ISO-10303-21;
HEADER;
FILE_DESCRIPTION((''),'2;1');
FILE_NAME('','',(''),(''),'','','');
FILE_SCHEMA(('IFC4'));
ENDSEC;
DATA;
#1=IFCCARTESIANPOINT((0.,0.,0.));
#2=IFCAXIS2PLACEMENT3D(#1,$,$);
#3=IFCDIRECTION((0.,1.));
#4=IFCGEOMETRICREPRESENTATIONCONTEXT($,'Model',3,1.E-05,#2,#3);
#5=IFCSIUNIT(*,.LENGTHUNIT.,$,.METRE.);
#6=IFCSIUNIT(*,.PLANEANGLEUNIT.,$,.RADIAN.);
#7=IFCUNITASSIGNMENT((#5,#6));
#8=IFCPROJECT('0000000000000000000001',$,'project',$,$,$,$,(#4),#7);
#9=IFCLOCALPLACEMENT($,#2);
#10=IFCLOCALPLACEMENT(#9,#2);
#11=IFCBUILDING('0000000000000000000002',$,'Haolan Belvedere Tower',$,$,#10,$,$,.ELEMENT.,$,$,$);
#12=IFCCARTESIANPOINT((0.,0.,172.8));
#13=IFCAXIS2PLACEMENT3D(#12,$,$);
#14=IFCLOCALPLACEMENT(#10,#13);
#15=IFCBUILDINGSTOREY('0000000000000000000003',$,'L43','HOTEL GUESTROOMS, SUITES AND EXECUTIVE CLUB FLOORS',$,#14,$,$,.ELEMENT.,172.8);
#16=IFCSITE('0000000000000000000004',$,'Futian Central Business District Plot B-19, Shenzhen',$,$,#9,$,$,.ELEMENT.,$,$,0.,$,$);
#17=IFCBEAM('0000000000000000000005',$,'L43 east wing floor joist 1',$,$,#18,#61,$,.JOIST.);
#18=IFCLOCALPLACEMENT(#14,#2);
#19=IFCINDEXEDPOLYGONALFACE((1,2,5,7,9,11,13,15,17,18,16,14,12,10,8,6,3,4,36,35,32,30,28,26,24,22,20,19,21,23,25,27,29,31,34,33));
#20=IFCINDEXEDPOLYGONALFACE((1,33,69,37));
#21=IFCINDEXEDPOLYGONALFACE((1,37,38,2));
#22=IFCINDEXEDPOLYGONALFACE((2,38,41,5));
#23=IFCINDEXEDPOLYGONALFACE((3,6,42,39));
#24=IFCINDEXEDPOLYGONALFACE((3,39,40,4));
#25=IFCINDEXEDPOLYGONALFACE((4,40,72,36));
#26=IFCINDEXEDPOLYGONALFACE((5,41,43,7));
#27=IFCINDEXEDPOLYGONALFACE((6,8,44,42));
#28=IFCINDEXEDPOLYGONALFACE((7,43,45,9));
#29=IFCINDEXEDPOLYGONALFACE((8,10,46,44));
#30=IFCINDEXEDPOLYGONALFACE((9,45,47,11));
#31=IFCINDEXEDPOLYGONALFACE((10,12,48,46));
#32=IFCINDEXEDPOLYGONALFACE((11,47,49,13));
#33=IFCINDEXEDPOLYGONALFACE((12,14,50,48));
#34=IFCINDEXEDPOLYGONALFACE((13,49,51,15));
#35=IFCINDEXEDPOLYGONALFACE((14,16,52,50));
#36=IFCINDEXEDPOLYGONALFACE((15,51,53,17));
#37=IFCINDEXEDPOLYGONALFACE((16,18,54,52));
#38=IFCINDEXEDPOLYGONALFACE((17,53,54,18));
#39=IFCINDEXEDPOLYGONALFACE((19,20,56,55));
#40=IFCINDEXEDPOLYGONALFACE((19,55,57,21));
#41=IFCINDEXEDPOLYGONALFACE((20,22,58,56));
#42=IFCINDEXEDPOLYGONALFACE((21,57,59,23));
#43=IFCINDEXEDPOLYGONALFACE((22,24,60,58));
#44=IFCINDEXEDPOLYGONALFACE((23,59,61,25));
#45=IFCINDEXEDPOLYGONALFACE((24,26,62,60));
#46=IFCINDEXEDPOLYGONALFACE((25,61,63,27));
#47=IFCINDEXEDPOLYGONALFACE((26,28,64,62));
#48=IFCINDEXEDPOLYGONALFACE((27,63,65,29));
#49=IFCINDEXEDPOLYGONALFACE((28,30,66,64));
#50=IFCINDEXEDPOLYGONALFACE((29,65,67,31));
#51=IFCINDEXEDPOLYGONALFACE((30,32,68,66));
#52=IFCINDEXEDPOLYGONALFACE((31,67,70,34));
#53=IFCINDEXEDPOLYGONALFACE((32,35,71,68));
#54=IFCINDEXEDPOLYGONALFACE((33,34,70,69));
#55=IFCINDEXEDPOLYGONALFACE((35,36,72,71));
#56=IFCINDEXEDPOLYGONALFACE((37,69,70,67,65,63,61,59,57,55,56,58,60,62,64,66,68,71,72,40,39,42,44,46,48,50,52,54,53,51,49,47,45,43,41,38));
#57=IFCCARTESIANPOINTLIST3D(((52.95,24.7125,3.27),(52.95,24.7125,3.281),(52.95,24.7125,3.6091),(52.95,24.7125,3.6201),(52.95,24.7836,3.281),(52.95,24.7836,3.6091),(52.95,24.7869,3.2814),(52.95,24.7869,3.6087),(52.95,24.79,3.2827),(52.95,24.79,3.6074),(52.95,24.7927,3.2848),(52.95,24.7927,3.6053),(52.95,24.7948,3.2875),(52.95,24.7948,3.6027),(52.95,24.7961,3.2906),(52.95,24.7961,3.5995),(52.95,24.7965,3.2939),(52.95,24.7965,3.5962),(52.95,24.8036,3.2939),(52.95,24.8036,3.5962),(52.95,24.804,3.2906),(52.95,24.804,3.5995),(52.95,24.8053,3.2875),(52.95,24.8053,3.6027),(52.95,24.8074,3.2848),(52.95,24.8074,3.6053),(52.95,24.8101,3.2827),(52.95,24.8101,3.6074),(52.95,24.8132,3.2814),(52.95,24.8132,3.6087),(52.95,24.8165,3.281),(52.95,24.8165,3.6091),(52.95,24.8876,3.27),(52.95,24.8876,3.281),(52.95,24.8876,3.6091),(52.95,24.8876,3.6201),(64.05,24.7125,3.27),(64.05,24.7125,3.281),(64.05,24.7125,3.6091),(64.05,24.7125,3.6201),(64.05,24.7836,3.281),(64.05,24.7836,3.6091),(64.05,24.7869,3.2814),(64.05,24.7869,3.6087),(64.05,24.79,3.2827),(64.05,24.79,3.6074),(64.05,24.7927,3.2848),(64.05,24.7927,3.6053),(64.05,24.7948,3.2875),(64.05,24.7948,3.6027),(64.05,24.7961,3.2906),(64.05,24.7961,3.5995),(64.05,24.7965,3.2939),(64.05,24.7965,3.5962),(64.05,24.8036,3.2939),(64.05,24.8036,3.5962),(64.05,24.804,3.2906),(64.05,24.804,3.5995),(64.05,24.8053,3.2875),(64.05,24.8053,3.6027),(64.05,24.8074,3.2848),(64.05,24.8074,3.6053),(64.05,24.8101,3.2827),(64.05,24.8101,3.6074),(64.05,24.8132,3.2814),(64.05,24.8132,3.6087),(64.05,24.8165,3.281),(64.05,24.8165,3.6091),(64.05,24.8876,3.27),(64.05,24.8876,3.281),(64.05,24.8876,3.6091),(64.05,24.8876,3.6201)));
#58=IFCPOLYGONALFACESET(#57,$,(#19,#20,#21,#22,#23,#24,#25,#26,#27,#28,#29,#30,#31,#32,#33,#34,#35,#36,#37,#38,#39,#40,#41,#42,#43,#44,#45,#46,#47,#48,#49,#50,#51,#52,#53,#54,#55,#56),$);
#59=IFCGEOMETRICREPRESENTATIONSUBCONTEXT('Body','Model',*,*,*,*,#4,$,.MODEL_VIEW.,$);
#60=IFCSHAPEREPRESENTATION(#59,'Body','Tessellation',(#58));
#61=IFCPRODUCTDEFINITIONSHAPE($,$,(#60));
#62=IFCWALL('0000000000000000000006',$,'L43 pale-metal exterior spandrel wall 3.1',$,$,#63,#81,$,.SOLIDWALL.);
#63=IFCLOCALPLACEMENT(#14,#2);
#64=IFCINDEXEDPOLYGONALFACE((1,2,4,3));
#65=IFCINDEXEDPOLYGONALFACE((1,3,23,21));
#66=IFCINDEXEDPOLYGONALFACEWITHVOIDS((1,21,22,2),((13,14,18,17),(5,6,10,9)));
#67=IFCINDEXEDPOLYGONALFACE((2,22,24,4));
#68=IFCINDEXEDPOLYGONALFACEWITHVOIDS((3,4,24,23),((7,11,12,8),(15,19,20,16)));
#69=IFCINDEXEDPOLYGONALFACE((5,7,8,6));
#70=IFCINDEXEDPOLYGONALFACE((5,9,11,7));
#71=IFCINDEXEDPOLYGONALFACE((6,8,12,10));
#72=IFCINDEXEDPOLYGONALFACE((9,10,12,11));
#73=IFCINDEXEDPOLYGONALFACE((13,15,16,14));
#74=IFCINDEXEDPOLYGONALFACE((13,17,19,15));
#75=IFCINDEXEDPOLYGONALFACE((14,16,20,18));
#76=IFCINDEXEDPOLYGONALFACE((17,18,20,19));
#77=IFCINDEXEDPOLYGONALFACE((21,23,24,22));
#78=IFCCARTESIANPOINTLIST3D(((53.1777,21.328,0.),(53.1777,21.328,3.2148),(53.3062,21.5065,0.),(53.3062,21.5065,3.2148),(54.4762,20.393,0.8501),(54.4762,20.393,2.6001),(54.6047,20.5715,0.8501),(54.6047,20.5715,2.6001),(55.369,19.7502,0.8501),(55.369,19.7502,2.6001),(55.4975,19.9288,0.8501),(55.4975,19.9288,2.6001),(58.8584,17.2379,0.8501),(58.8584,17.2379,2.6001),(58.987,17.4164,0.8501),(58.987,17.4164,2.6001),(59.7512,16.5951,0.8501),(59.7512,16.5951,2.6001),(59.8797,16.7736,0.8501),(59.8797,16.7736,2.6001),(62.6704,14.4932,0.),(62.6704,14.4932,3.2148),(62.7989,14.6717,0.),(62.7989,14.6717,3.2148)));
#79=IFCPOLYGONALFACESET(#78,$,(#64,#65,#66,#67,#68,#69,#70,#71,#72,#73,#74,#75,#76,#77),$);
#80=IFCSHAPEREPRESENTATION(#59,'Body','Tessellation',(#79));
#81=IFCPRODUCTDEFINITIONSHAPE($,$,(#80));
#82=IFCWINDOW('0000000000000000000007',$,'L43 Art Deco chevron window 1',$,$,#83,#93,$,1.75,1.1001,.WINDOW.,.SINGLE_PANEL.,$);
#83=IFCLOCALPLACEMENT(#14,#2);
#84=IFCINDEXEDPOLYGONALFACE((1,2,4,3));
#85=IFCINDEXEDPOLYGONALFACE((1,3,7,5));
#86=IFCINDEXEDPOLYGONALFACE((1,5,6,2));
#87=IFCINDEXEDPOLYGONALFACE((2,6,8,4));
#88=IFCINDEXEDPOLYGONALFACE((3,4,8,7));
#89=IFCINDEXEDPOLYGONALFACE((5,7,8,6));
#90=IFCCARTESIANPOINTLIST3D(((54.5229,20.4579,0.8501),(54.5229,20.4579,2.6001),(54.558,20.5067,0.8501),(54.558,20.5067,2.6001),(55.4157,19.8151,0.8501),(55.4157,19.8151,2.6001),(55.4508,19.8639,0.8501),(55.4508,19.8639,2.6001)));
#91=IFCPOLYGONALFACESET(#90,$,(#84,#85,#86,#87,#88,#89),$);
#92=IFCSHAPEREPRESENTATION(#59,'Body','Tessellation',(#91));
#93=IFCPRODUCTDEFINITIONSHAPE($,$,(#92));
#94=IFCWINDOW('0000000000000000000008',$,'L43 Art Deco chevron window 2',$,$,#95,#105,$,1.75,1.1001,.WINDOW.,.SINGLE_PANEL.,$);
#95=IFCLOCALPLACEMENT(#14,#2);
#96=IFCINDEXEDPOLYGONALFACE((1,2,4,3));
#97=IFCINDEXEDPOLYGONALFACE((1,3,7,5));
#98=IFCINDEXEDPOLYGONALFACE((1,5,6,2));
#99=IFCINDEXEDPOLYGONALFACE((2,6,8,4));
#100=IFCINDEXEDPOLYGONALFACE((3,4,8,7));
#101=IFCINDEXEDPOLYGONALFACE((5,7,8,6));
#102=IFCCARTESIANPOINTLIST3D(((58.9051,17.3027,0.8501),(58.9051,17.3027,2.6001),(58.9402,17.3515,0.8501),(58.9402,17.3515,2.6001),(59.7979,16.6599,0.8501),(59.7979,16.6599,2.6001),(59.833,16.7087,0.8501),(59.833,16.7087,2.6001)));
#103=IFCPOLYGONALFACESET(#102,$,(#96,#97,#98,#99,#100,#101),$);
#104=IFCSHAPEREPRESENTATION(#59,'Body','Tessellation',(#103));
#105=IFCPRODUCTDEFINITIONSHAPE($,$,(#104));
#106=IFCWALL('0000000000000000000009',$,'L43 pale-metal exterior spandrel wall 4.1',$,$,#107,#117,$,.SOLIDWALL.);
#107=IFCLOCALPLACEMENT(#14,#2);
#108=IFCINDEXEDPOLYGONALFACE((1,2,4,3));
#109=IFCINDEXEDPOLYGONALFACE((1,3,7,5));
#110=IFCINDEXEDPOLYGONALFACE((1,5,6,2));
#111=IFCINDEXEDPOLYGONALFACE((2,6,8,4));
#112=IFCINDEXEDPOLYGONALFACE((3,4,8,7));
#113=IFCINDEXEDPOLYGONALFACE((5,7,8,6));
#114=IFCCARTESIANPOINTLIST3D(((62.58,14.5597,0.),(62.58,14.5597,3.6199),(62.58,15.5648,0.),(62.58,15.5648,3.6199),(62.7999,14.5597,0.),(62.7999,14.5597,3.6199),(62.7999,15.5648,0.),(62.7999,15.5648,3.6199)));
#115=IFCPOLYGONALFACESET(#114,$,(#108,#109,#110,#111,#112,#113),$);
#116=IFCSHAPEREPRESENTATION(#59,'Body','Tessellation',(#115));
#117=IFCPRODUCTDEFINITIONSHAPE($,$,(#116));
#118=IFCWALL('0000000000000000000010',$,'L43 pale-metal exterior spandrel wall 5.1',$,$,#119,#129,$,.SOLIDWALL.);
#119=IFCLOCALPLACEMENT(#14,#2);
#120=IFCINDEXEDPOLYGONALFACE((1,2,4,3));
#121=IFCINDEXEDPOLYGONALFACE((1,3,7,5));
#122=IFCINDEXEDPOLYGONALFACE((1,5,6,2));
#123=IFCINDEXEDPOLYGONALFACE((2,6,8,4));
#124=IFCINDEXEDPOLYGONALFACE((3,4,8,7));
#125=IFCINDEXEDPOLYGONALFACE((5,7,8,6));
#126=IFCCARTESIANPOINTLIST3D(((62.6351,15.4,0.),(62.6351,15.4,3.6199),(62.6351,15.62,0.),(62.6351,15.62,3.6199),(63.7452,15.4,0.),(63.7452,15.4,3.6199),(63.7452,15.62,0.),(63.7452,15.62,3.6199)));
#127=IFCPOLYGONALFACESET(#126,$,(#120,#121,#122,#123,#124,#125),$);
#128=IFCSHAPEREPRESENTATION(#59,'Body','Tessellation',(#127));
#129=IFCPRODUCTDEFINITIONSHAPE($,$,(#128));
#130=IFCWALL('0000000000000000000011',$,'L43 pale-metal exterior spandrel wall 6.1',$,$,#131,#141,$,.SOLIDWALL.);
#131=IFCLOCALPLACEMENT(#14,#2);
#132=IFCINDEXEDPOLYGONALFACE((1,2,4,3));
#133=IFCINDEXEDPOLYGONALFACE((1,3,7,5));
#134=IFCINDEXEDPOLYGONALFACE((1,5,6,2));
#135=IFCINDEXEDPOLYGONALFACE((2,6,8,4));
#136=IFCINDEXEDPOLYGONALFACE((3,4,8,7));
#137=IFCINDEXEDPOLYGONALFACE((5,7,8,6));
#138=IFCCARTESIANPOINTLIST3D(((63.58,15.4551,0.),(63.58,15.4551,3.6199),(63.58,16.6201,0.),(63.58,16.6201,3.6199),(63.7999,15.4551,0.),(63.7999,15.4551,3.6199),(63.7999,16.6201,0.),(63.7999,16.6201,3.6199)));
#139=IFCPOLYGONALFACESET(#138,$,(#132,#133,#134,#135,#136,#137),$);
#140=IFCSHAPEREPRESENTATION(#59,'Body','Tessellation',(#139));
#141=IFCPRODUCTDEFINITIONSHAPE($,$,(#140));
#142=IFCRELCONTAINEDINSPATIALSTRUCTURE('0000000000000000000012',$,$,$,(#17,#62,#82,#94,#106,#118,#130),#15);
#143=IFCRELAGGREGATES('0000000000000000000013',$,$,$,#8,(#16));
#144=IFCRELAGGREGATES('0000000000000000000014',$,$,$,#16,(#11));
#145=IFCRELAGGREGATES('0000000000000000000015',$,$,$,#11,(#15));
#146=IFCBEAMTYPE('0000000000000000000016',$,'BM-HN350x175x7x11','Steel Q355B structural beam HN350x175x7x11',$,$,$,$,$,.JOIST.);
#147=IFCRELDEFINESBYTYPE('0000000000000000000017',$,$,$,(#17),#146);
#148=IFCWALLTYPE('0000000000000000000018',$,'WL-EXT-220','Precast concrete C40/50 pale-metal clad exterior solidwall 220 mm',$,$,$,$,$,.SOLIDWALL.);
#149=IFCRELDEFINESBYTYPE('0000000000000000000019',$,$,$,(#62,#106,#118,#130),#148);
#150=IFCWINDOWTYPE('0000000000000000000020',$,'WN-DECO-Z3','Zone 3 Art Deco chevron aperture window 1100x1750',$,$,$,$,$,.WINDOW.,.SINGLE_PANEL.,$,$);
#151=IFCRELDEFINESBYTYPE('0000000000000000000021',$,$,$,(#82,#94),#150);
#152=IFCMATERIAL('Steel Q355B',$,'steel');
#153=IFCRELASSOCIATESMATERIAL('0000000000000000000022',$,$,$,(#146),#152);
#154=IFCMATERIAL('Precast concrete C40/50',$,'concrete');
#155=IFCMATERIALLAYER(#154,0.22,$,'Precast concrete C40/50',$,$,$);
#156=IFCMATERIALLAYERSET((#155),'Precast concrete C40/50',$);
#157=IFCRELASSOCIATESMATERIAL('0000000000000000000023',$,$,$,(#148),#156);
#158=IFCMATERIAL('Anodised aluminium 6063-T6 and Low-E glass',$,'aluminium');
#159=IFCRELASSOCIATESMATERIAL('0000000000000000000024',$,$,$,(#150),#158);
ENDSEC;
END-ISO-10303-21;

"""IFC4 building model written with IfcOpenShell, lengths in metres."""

from ifc_helpers import new_model, si_unit, direction, frame, frame_2d, origin, origin_2d, place, context, subcontext, project, spatial, rectangle, i_section, extrude, material, layer, layer_set, material_profile, profile_set, type_object, element, fill, save


model = new_model("IFC4")

# Units and contexts
model_context = context("Model", 3, precision=1e-05, world=origin(), true_north=direction((0.0, 1.0)))
body_context = subcontext(model_context, "Body", "Model", "MODEL_VIEW")
ifc_project = project(units=[si_unit("LENGTHUNIT", "METRE"), si_unit("PLANEANGLEUNIT", "RADIAN")], contexts=[model_context])

# Site, building, storey
site_placement = place(None, origin())
site = spatial("IfcSite", under=ifc_project, at=site_placement, Name="Futian Central Business District Plot B-19, Shenzhen", CompositionType="ELEMENT", RefElevation=0.0)
building_placement = place(site_placement, origin())
building = spatial("IfcBuilding", under=site, at=building_placement, Name="Haolan Belvedere Tower", CompositionType="ELEMENT")
storey_placement = place(building_placement, frame((0.0, 0.0, 172.8)))
storey = spatial("IfcBuildingStorey", under=building, at=storey_placement, Name="L43", Description="HOTEL GUESTROOMS, SUITES AND EXECUTIVE CLUB FLOORS", CompositionType="ELEMENT", Elevation=172.8)

# Beam
ifc_material_1 = material(Name="Steel Q355B", Category="steel")
ifc_material_profile_1 = material_profile(ifc_material_1, i_section(OverallWidth=0.175, OverallDepth=0.3501, WebThickness=0.0071, FlangeThickness=0.011, FilletRadius=0.0129, at=origin_2d()), Name="Steel Q355B")
ifc_profile_set_1 = profile_set([ifc_material_profile_1], Name="Steel Q355B")
beam_type_1 = type_object("IfcBeamType", Name="BM-HN350x175x7x11", Description="Steel Q355B structural beam HN350x175x7x11", PredefinedType="JOIST", material=ifc_profile_set_1)
beam_1_placement = place(storey_placement, frame((52.95, 24.8, 3.4451), z_axis=(1.0, 0.0, 0.0), x_axis=(0.0, 1.0, 0.0)))
element("IfcBeam", 1, at=beam_1_placement, inside=storey, type_object=beam_type_1, Name="L43 east wing floor joist 1", PredefinedType="JOIST", context=body_context, shape_type="SweptSolid", body=[
    extrude(i_section(OverallWidth=0.175, OverallDepth=0.3501, WebThickness=0.0071, FlangeThickness=0.011, FilletRadius=0.0129, at=origin_2d()), origin(), (0.0, 0.0, 1.0), 11.1001),
])

# Wall, openings, windows
ifc_material_2 = material(Name="Precast concrete C40/50", Category="concrete")
ifc_layer_1 = layer(ifc_material_2, 0.22, Name="Precast concrete C40/50")
ifc_layer_set_1 = layer_set([ifc_layer_1], Name="Precast concrete C40/50")
wall_type_1 = type_object("IfcWallType", Name="WL-EXT-220", Description="Precast concrete C40/50 pale-metal clad exterior solidwall 220 mm", PredefinedType="SOLIDWALL", material=ifc_layer_set_1)
wall_1_placement = place(storey_placement, frame((53.2419, 21.4172, 0.0), z_axis=(0.0, 0.0, 1.0), x_axis=(0.811535, -0.584304, 0.0)))
wall_1 = element("IfcWall", 2, at=wall_1_placement, inside=storey, type_object=wall_type_1, Name="L43 pale-metal exterior spandrel wall 3.1", PredefinedType="SOLIDWALL", context=body_context, shape_type="SweptSolid", body=[
    extrude(rectangle(XDim=11.6973, YDim=0.22, at=frame_2d((5.8486, 0.0))), origin(), (0.0, 0.0, 1.0), 3.2148),
])
opening_1_placement = place(wall_1_placement, frame((1.6001, 0.0, 0.8501)))
opening_1 = element("IfcOpeningElement", 3, at=opening_1_placement, cuts=wall_1, PredefinedType="OPENING", context=body_context, shape_type="SweptSolid", body=[
    extrude(rectangle(XDim=1.1001, YDim=1.75, at=frame_2d((0.55, 0.875))), frame((0.0, 0.1199, 0.0), z_axis=(0.0, -1.0, 0.0), x_axis=(1.0, 0.0, 0.0)), (0.0, 0.0, 1.0), 0.24),
])
opening_2_placement = place(wall_1_placement, frame((7.0, 0.0, 0.8501)))
opening_2 = element("IfcOpeningElement", 4, at=opening_2_placement, cuts=wall_1, PredefinedType="OPENING", context=body_context, shape_type="SweptSolid", body=[
    extrude(rectangle(XDim=1.1001, YDim=1.75, at=frame_2d((0.55, 0.875))), frame((0.0, 0.1199, 0.0), z_axis=(0.0, -1.0, 0.0), x_axis=(1.0, 0.0, 0.0)), (0.0, 0.0, 1.0), 0.24),
])
ifc_material_3 = material(Name="Anodised aluminium 6063-T6 and Low-E glass", Category="aluminium")
window_type = type_object("IfcWindowType", Name="WN-DECO-Z3", Description="Zone 3 Art Deco chevron aperture window 1100x1750", PartitioningType="SINGLE_PANEL", PredefinedType="WINDOW", material=ifc_material_3)
window_1_placement = place(opening_1_placement, origin())
window_1 = element("IfcWindow", 5, at=window_1_placement, inside=storey, type_object=window_type, Name="L43 Art Deco chevron window 1", OverallHeight=1.75, OverallWidth=1.1001, PartitioningType="SINGLE_PANEL", PredefinedType="WINDOW", context=body_context, shape_type="SweptSolid", body=[
    extrude(rectangle(XDim=1.1001, YDim=1.75, at=frame_2d((0.55, 0.875))), frame((0.0, 0.03, 0.0), z_axis=(0.0, -1.0, 0.0), x_axis=(1.0, 0.0, 0.0)), (0.0, 0.0, 1.0), 0.0601),
])
fill(opening_1, window_1)
window_2_placement = place(opening_2_placement, origin())
window_2 = element("IfcWindow", 6, at=window_2_placement, inside=storey, type_object=window_type, Name="L43 Art Deco chevron window 2", OverallHeight=1.75, OverallWidth=1.1001, PartitioningType="SINGLE_PANEL", PredefinedType="WINDOW", context=body_context, shape_type="SweptSolid", body=[
    extrude(rectangle(XDim=1.1001, YDim=1.75, at=frame_2d((0.55, 0.875))), frame((0.0, 0.03, 0.0), z_axis=(0.0, -1.0, 0.0), x_axis=(1.0, 0.0, 0.0)), (0.0, 0.0, 1.0), 0.0601),
])
fill(opening_2, window_2)

# Walls
wall_2_placement = place(storey_placement, frame((62.6899, 14.5598, 0.0), z_axis=(0.0, 0.0, 1.0), x_axis=(0.0, 1.0, 0.0)))
element("IfcWall", 7, at=wall_2_placement, inside=storey, type_object=wall_type_1, Name="L43 pale-metal exterior spandrel wall 4.1", PredefinedType="SOLIDWALL", context=body_context, shape_type="SweptSolid", body=[
    extrude(rectangle(XDim=1.0051, YDim=0.22, at=frame_2d((0.5024, 0.0))), origin(), (0.0, 0.0, 1.0), 3.6199),
])
wall_3_placement = place(storey_placement, frame((62.635, 15.51, 0.0), z_axis=(0.0, 0.0, 1.0), x_axis=(1.0, 0.0, 0.0)))
element("IfcWall", 8, at=wall_3_placement, inside=storey, type_object=wall_type_1, Name="L43 pale-metal exterior spandrel wall 5.1", PredefinedType="SOLIDWALL", context=body_context, shape_type="SweptSolid", body=[
    extrude(rectangle(XDim=1.1101, YDim=0.22, at=frame_2d((0.5552, 0.0))), origin(), (0.0, 0.0, 1.0), 3.6199),
])
wall_4_placement = place(storey_placement, frame((63.6899, 15.4551, 0.0), z_axis=(0.0, 0.0, 1.0), x_axis=(0.0, 1.0, 0.0)))
element("IfcWall", 9, at=wall_4_placement, inside=storey, type_object=wall_type_1, Name="L43 pale-metal exterior spandrel wall 6.1", PredefinedType="SOLIDWALL", context=body_context, shape_type="SweptSolid", body=[
    extrude(rectangle(XDim=1.165, YDim=0.22, at=frame_2d((0.5825, 0.0))), origin(), (0.0, 0.0, 1.0), 3.6199),
])

save(model, "model.ifc")
